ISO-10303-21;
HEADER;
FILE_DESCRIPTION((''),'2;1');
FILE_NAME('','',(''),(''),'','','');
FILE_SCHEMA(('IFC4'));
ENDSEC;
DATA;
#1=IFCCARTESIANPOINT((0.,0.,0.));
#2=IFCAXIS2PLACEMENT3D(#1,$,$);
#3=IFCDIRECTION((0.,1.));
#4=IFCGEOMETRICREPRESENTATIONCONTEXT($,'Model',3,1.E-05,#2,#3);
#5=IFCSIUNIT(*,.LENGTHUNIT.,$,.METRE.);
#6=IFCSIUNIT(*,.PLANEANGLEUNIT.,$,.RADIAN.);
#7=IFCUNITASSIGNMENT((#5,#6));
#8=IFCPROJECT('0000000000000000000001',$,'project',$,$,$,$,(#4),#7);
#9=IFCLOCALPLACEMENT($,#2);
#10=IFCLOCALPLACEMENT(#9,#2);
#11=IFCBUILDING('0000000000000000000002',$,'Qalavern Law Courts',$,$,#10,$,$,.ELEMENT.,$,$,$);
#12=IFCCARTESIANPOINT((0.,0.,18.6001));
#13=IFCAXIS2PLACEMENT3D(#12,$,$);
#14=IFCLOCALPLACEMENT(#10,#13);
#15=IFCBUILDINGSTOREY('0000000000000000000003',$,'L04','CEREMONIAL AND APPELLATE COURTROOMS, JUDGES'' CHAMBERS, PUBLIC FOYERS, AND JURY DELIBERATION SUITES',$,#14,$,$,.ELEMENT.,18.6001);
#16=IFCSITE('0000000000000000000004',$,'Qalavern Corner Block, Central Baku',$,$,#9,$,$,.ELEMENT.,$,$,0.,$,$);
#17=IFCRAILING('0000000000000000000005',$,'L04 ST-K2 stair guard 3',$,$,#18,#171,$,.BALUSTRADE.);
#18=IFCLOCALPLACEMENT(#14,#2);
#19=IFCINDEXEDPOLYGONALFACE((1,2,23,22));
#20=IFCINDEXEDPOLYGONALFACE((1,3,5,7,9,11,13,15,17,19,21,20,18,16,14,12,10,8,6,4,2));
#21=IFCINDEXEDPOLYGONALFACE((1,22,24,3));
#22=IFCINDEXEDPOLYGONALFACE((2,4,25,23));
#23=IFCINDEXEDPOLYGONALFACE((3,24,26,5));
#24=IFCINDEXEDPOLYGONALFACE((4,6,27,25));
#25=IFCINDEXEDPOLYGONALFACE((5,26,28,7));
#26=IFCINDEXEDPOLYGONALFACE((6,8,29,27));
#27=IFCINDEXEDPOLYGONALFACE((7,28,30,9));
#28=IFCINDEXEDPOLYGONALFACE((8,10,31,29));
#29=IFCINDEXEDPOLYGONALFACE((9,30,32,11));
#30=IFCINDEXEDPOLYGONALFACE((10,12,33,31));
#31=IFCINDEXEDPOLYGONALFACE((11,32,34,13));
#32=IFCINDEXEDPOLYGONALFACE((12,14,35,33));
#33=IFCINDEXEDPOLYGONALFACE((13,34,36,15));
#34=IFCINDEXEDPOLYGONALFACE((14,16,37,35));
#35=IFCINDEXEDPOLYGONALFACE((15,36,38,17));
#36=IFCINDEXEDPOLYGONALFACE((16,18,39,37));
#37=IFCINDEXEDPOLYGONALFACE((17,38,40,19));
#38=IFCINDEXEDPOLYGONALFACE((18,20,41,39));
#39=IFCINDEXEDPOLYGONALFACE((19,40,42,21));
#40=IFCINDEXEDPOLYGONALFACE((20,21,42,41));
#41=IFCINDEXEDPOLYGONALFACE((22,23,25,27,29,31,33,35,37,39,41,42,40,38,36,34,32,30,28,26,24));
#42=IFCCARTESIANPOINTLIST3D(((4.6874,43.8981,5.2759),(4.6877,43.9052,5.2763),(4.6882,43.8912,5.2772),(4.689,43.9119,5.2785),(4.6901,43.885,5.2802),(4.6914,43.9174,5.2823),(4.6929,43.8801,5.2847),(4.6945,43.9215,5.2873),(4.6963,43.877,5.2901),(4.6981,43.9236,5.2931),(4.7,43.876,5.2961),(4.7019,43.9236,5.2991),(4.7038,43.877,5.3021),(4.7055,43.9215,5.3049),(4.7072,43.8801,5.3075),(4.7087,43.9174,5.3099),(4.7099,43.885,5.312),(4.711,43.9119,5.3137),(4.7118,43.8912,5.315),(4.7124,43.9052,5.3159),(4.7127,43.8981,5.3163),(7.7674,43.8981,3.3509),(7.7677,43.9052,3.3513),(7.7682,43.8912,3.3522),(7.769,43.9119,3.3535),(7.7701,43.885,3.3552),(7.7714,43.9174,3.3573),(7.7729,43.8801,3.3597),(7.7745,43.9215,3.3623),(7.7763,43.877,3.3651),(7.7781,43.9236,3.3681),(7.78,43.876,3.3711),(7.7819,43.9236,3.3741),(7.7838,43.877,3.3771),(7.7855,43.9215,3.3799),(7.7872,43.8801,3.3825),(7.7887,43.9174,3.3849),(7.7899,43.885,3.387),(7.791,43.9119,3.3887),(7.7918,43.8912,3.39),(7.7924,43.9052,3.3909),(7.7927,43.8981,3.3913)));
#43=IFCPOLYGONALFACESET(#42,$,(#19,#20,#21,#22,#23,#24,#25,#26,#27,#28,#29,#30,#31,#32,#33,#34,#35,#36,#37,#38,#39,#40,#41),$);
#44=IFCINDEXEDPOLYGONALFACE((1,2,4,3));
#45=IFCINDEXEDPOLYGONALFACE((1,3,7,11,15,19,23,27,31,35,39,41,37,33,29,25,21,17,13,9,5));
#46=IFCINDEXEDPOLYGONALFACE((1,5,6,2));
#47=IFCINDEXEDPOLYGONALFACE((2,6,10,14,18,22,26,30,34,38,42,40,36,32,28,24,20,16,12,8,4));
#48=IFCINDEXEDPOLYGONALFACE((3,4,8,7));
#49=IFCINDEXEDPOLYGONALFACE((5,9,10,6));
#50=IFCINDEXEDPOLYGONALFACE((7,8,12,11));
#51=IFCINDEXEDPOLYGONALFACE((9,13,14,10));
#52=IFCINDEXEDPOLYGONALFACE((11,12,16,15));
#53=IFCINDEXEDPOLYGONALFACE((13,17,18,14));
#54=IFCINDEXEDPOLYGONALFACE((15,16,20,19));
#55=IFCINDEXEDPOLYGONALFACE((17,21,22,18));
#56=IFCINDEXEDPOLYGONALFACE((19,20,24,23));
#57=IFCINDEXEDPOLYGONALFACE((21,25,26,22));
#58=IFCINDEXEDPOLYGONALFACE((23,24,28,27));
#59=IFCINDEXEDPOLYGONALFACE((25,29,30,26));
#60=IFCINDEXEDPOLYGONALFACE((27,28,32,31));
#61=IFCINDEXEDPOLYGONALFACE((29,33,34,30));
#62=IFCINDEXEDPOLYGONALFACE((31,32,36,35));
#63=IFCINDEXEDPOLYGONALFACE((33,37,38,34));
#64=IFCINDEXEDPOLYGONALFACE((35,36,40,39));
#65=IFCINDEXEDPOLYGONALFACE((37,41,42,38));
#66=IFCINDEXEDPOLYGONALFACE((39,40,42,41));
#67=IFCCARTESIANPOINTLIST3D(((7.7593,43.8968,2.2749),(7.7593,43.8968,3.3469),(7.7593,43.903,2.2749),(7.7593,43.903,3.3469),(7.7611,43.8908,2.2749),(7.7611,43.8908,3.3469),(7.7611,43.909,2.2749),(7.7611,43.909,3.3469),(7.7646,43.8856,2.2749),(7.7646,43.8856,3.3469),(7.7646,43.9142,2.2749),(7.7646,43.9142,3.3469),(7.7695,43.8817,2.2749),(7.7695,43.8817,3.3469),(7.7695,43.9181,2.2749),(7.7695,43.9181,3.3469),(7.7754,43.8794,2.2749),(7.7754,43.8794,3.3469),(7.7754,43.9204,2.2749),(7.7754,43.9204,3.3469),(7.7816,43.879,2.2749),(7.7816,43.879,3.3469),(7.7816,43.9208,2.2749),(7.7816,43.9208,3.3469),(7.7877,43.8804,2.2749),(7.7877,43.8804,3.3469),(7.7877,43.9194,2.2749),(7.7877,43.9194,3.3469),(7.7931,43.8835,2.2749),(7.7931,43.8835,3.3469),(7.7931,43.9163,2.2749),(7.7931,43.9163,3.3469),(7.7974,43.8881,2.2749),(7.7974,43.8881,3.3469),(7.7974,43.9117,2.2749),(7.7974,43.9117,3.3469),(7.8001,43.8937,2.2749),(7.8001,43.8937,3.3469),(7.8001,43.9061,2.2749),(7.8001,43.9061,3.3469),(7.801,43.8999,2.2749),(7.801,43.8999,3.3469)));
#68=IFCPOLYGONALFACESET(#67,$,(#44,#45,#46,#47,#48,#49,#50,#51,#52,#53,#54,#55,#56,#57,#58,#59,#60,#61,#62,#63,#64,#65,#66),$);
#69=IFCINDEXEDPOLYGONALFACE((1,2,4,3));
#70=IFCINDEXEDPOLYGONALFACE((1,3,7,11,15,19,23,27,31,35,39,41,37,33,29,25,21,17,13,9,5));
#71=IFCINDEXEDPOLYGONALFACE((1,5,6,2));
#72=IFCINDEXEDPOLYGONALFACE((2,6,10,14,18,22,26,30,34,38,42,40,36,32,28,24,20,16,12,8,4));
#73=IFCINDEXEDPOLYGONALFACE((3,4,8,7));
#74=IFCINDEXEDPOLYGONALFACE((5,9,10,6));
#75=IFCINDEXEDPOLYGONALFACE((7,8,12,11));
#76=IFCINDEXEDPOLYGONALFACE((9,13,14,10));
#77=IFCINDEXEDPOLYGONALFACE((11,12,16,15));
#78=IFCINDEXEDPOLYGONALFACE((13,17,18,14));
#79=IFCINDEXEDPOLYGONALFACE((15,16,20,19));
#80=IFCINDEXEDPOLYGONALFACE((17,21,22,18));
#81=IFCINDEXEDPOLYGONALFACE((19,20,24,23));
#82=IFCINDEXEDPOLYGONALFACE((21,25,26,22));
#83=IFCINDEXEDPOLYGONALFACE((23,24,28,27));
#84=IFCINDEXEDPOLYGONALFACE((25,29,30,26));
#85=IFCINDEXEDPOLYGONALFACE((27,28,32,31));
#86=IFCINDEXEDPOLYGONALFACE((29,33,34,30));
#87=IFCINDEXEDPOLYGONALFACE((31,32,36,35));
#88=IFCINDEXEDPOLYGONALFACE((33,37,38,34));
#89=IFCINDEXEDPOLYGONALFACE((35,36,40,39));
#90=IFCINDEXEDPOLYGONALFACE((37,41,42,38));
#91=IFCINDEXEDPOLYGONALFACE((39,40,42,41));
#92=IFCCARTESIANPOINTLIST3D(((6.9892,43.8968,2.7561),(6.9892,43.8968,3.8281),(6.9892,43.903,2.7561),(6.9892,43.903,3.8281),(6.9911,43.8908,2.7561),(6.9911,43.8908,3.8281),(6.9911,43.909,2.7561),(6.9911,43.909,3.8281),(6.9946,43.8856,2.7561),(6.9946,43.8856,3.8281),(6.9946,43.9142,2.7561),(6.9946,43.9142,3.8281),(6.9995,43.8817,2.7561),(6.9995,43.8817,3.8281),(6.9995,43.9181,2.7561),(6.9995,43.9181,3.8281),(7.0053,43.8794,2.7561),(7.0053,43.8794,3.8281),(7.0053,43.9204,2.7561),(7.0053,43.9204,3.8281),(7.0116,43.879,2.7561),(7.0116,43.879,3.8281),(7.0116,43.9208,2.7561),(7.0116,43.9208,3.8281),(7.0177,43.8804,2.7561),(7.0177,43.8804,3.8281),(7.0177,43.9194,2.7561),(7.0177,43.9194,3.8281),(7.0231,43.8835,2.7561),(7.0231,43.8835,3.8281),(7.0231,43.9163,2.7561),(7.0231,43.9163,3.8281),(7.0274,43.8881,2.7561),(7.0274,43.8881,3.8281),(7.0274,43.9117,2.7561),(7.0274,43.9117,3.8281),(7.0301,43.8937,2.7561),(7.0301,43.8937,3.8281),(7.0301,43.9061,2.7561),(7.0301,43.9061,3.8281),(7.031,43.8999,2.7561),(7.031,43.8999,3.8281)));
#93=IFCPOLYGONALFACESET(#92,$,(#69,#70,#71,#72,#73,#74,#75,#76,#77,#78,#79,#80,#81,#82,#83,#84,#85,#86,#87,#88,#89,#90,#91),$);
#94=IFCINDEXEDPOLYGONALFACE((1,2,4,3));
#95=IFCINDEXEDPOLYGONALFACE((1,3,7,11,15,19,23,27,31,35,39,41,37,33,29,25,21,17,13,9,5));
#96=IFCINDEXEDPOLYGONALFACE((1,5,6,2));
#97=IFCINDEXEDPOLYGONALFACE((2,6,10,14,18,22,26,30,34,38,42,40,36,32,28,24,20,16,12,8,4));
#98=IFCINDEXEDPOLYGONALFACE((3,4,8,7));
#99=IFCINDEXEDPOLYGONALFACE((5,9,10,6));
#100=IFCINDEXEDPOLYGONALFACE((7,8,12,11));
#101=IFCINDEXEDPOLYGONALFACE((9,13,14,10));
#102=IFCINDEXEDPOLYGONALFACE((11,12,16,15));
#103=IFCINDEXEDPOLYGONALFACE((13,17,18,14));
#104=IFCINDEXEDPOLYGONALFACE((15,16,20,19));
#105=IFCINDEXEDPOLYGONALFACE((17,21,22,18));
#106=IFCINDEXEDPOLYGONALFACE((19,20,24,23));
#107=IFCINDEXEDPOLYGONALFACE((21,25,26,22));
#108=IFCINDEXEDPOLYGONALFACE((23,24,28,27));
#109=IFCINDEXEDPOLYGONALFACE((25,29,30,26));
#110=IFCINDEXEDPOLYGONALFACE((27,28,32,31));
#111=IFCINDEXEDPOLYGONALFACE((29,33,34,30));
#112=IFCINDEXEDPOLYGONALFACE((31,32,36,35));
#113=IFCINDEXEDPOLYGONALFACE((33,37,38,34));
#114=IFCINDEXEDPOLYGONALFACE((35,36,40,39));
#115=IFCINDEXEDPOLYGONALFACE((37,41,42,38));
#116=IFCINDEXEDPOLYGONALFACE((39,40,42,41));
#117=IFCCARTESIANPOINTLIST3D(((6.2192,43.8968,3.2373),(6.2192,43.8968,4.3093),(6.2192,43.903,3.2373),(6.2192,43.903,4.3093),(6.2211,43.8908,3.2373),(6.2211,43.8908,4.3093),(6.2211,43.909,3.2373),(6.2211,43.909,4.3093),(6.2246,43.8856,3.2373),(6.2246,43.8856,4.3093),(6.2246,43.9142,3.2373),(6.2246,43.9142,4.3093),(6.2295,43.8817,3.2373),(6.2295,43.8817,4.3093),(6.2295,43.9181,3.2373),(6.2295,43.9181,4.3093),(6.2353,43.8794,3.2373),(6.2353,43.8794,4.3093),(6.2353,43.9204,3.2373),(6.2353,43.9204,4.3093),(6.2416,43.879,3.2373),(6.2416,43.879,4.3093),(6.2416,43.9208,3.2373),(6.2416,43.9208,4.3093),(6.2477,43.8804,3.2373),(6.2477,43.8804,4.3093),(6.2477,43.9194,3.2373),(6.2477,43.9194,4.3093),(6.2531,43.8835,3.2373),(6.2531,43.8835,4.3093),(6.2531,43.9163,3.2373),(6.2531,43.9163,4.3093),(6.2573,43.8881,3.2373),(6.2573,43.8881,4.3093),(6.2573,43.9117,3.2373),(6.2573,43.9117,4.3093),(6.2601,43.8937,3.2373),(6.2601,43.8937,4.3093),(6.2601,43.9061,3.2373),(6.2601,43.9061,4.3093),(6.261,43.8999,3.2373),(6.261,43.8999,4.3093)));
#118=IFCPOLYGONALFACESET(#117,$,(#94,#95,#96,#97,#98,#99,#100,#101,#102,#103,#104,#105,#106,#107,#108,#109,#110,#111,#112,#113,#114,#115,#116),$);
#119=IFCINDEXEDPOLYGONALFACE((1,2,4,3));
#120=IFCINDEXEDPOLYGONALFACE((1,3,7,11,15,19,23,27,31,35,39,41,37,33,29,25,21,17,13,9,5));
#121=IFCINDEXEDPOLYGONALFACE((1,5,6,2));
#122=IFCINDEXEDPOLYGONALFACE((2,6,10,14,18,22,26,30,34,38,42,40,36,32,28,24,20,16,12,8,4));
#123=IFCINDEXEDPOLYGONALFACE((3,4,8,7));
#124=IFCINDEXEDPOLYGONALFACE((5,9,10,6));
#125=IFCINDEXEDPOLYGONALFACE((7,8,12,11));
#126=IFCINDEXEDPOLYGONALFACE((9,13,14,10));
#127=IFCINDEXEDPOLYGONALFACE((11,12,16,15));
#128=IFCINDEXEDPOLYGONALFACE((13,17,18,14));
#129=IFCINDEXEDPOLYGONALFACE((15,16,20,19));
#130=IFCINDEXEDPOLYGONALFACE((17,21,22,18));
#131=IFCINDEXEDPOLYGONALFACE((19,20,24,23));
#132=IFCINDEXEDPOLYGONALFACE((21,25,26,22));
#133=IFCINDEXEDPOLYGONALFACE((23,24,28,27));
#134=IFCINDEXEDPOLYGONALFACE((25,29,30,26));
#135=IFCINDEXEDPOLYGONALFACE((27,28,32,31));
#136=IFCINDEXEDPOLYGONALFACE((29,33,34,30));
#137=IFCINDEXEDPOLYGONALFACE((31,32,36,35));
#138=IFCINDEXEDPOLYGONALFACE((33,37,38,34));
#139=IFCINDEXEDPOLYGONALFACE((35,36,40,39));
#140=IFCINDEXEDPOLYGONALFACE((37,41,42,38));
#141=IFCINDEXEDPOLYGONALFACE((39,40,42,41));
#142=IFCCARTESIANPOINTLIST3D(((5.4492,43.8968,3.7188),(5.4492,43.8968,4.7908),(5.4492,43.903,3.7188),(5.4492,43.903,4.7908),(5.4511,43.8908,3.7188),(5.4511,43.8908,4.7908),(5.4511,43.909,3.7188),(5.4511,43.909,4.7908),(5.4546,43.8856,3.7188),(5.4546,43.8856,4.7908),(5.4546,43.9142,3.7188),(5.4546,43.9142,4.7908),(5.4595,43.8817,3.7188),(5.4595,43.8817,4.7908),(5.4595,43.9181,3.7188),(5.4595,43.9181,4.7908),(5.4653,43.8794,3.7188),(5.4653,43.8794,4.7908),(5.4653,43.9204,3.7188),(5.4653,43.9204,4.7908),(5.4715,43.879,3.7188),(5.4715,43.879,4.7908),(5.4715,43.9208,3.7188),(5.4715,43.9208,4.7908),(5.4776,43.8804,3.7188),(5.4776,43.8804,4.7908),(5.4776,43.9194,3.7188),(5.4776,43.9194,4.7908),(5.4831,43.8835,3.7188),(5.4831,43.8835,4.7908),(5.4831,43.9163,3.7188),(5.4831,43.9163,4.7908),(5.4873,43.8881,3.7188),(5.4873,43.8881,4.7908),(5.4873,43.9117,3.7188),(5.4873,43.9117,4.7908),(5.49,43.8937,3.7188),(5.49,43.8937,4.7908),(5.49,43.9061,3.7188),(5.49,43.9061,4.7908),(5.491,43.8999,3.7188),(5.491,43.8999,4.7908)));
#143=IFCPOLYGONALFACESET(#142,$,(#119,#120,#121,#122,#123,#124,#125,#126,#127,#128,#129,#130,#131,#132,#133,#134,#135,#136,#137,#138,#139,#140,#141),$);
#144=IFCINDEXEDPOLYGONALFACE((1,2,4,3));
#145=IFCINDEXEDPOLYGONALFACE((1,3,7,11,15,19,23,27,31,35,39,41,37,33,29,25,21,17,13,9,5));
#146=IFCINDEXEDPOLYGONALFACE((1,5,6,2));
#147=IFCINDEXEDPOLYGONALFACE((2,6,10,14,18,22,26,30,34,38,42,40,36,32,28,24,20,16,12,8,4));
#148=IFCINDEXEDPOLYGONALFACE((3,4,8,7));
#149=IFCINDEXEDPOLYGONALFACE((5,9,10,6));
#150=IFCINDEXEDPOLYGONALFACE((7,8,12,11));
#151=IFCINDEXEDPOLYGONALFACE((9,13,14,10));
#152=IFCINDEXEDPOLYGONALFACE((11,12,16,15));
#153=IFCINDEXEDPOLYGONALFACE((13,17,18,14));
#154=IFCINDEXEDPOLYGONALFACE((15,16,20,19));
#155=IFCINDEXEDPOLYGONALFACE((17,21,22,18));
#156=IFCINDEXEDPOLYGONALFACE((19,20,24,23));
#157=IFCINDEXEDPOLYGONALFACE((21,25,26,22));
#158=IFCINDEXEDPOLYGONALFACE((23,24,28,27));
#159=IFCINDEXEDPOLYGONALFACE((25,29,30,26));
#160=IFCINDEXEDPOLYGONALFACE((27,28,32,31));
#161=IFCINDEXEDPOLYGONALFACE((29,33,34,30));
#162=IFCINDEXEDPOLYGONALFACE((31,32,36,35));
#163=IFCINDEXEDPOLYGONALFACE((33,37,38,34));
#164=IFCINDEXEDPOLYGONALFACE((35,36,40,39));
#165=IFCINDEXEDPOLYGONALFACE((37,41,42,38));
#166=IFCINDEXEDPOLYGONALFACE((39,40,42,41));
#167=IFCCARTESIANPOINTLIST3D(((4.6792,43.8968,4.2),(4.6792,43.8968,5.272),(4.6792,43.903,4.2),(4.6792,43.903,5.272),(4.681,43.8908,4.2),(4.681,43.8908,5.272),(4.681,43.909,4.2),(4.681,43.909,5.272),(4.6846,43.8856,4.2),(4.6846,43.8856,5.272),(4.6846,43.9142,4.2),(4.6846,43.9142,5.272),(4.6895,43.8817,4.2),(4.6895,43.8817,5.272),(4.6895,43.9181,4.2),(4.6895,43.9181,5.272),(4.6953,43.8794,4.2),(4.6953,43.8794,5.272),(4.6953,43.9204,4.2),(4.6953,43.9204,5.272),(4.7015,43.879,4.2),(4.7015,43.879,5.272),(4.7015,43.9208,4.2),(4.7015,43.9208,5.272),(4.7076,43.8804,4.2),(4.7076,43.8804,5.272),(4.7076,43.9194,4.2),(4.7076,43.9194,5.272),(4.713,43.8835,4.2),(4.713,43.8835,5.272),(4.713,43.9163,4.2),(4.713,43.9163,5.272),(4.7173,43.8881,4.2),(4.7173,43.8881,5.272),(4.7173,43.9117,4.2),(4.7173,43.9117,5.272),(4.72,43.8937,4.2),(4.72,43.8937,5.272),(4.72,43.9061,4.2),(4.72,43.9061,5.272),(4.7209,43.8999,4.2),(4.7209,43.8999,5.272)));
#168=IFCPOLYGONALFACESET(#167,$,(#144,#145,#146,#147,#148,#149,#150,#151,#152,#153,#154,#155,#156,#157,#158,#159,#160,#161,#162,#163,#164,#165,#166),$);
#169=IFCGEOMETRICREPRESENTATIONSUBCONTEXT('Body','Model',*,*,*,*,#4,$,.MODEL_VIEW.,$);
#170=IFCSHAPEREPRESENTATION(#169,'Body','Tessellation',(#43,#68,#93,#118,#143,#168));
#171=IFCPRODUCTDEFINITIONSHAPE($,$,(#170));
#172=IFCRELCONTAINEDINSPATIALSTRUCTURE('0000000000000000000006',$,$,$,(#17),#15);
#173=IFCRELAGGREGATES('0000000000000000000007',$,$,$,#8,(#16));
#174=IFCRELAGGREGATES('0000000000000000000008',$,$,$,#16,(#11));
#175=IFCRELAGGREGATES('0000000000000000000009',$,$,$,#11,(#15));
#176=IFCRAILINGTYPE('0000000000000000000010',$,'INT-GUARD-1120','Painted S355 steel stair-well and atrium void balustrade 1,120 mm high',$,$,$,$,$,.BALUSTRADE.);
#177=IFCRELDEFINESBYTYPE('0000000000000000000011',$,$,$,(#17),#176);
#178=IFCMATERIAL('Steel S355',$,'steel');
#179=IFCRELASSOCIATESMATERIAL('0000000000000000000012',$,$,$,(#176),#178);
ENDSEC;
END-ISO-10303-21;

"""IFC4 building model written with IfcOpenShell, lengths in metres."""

from ifc_helpers import new_model, si_unit, direction, frame, origin, origin_2d, place, context, subcontext, project, spatial, circle, extrude, material, type_object, element, save


model = new_model("IFC4")

# Units and contexts
model_context = context("Model", 3, precision=1e-05, world=origin(), true_north=direction((0.0, 1.0)))
body_context = subcontext(model_context, "Body", "Model", "MODEL_VIEW")
ifc_project = project(units=[si_unit("LENGTHUNIT", "METRE"), si_unit("PLANEANGLEUNIT", "RADIAN")], contexts=[model_context])

# Site, building, storey
site_placement = place(None, origin())
site = spatial("IfcSite", under=ifc_project, at=site_placement, Name="Qalavern Corner Block, Central Baku", CompositionType="ELEMENT", RefElevation=0.0)
building_placement = place(site_placement, origin())
building = spatial("IfcBuilding", under=site, at=building_placement, Name="Qalavern Law Courts", CompositionType="ELEMENT")
storey_placement = place(building_placement, frame((0.0, 0.0, 18.6001)))
storey = spatial("IfcBuildingStorey", under=building, at=storey_placement, Name="L04", Description="CEREMONIAL AND APPELLATE COURTROOMS, JUDGES' CHAMBERS, PUBLIC FOYERS, AND JURY DELIBERATION SUITES", CompositionType="ELEMENT", Elevation=18.6001)

# Shared definitions
ifc_material_1 = material(Name="Steel S355", Category="steel")

# Railing
railing_type_1 = type_object("IfcRailingType", Name="INT-GUARD-1120", Description="Painted S355 steel stair-well and atrium void balustrade 1,120 mm high", PredefinedType="BALUSTRADE", material=ifc_material_1)
railing_1_placement = place(storey_placement, frame((7.78, 43.8999, 2.2749)))
element("IfcRailing", 1, at=railing_1_placement, inside=storey, type_object=railing_type_1, Name="L04 ST-K2 stair guard 3", PredefinedType="BALUSTRADE", context=body_context, shape_type="SweptSolid", body=[
    extrude(circle(Radius=0.0239, at=origin_2d()), frame((0.0, 0.0, 1.0962), z_axis=(-0.847998, 0.0, 0.529999), x_axis=(0.0, -1.0, 0.0)), (0.0, 0.0, 1.0), 3.6321),
    extrude(circle(Radius=0.021, at=origin_2d()), origin(), (0.0, 0.0, 1.0), 1.072),
    extrude(circle(Radius=0.021, at=origin_2d()), frame((-0.77, 0.0, 0.4812)), (0.0, 0.0, 1.0), 1.072),
    extrude(circle(Radius=0.021, at=origin_2d()), frame((-1.54, 0.0, 0.9624)), (0.0, 0.0, 1.0), 1.072),
    extrude(circle(Radius=0.021, at=origin_2d()), frame((-2.3101, 0.0, 1.4438)), (0.0, 0.0, 1.0), 1.072),
    extrude(circle(Radius=0.021, at=origin_2d()), frame((-3.0801, 0.0, 1.925)), (0.0, 0.0, 1.0), 1.072),
])

save(model, "model.ifc")
